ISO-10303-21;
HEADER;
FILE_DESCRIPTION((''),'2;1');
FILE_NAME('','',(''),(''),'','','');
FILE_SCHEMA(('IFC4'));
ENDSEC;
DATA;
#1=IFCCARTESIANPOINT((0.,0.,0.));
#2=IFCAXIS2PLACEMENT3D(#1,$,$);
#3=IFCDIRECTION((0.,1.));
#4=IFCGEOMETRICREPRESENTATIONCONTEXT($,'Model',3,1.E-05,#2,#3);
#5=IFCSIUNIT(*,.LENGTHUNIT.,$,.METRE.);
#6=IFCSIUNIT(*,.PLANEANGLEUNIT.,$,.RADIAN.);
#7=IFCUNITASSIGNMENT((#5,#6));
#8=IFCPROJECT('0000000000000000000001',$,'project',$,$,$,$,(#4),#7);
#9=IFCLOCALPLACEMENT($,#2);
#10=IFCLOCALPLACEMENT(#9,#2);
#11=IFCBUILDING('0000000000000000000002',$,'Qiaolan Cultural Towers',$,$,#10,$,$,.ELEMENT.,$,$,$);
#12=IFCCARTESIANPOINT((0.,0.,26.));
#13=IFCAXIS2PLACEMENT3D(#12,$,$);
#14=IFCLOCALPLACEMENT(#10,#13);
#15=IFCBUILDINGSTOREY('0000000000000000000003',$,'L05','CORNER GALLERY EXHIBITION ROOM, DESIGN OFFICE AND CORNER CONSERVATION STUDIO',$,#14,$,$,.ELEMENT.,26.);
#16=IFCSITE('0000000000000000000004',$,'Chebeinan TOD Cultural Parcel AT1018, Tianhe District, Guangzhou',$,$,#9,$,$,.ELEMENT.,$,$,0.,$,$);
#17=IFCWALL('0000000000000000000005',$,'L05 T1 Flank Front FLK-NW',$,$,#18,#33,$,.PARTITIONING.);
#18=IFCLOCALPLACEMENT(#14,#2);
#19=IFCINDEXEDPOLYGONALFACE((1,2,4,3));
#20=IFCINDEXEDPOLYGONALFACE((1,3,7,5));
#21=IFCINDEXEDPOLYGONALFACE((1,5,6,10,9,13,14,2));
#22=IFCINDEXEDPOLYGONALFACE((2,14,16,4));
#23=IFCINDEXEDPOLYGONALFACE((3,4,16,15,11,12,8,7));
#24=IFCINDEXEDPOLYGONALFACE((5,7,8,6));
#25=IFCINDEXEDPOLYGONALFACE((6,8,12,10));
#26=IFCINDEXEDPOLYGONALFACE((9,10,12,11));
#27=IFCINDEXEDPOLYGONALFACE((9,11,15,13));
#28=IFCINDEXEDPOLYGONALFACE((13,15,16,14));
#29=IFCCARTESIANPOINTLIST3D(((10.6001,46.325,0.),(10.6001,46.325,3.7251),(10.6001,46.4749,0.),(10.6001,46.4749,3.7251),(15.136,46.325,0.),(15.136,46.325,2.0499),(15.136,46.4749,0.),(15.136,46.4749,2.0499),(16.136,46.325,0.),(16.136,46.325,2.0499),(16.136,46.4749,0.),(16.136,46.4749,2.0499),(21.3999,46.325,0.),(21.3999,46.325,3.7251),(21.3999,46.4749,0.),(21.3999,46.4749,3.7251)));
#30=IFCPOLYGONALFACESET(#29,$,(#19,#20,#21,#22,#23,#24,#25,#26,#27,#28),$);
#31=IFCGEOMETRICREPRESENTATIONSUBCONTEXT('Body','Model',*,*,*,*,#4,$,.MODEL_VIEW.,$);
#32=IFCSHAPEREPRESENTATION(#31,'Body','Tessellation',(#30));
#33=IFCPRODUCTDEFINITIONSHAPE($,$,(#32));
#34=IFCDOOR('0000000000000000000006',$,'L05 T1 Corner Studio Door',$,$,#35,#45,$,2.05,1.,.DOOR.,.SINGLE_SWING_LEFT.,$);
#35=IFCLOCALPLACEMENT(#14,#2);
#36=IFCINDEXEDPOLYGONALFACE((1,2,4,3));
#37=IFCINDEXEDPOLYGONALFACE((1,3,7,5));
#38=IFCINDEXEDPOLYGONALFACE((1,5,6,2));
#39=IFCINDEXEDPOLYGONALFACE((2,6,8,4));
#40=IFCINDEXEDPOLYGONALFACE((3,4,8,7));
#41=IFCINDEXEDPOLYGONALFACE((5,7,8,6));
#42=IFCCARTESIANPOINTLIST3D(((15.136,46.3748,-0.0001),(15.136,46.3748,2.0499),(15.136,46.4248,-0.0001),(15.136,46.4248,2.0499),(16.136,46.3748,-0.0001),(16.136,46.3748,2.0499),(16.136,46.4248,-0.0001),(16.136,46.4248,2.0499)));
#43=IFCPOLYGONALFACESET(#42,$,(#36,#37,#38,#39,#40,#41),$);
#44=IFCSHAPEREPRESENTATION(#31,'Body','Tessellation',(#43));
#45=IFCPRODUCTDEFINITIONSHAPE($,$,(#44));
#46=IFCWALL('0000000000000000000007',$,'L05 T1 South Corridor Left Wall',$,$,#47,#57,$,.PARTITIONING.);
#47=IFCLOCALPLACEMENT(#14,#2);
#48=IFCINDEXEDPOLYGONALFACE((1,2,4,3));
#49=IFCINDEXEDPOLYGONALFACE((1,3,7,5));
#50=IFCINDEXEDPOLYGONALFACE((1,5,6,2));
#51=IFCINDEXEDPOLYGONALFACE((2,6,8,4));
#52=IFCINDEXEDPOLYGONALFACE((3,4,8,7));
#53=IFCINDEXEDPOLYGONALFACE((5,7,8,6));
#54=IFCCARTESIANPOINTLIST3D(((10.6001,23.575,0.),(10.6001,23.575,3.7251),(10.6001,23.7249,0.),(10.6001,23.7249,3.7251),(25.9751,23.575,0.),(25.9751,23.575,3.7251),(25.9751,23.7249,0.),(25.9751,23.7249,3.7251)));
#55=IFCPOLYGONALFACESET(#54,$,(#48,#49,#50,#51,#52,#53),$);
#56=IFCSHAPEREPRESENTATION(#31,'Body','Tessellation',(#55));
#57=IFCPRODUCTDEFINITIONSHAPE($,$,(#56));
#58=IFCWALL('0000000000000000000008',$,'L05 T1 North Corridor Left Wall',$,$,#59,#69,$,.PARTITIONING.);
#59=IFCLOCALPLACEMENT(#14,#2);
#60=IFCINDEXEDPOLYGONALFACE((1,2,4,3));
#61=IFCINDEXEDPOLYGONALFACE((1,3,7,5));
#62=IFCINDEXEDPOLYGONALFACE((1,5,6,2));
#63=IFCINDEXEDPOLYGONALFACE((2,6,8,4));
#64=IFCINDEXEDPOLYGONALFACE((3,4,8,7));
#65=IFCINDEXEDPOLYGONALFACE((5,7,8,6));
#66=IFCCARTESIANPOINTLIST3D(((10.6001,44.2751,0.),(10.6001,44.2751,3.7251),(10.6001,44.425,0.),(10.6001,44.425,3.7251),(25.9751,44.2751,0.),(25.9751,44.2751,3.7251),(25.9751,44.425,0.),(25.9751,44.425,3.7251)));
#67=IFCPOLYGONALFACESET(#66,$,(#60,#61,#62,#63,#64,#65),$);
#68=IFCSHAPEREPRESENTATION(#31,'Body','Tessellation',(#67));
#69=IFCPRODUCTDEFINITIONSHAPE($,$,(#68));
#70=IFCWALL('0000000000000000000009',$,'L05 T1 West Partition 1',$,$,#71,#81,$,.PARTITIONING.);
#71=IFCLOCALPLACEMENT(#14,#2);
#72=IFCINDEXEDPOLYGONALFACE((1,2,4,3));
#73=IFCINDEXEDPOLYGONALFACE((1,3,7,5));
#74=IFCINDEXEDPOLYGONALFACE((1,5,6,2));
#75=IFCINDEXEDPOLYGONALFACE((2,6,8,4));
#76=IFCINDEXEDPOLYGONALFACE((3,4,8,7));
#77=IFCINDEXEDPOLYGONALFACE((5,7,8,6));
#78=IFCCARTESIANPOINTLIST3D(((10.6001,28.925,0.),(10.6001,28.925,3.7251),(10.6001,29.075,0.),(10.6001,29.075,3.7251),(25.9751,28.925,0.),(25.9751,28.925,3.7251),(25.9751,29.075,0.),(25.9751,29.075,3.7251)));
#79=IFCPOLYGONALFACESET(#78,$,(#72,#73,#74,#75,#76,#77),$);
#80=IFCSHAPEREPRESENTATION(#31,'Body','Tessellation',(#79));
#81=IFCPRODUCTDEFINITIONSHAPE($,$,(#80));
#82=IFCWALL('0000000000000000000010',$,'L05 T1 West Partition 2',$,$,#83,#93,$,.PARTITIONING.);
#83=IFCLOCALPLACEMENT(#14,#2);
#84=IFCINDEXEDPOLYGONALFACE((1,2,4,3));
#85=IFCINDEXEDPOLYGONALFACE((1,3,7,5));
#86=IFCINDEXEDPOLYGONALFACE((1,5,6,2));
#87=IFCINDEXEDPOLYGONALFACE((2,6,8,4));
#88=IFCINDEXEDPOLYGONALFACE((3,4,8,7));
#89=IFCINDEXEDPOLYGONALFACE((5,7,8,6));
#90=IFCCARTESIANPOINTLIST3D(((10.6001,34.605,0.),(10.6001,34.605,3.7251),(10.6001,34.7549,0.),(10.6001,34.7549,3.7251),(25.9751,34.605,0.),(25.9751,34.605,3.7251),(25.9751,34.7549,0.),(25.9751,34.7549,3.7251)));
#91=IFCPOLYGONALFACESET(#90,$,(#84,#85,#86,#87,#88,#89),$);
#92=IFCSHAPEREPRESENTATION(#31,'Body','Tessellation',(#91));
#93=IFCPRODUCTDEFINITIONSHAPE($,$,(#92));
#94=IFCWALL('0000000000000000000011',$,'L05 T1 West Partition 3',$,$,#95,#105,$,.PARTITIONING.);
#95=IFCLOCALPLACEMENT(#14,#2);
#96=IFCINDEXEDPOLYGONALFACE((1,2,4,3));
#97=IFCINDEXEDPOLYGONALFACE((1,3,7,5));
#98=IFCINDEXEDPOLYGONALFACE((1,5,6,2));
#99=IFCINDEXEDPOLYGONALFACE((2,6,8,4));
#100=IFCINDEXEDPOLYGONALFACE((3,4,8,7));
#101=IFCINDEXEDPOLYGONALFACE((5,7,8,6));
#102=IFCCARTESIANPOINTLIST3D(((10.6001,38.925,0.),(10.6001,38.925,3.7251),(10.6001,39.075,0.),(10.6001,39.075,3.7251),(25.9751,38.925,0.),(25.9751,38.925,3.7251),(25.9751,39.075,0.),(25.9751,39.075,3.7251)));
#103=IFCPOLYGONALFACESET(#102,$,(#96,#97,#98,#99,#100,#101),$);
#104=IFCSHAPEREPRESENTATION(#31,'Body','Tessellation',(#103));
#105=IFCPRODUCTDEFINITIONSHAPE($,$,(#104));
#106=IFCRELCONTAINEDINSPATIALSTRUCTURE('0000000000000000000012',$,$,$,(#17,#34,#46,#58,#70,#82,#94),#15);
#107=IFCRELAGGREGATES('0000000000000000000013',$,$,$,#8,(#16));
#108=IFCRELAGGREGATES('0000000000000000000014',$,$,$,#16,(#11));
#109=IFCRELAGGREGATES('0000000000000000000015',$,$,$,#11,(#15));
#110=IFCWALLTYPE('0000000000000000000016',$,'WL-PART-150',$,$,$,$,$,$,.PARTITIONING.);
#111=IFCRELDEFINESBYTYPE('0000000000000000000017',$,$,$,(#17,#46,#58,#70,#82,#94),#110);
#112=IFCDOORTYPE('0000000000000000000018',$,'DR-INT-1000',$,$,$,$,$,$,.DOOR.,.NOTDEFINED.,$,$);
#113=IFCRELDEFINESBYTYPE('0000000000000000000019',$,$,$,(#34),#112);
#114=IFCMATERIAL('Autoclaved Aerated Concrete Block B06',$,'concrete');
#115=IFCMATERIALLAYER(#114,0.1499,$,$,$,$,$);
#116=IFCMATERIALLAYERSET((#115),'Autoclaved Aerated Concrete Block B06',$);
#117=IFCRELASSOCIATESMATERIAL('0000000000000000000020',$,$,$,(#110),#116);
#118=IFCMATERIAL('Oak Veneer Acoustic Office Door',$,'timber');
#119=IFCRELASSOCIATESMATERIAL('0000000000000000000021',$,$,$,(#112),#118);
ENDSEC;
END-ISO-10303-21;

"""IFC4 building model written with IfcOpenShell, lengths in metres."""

from ifc_helpers import new_model, si_unit, direction, frame, frame_2d, origin, place, context, subcontext, project, spatial, rectangle, extrude, material, layer, layer_set, type_object, element, fill, save


model = new_model("IFC4")

# Units and contexts
model_context = context("Model", 3, precision=1e-05, world=origin(), true_north=direction((0.0, 1.0)))
body_context = subcontext(model_context, "Body", "Model", "MODEL_VIEW")
ifc_project = project(units=[si_unit("LENGTHUNIT", "METRE"), si_unit("PLANEANGLEUNIT", "RADIAN")], contexts=[model_context])

# Site, building, storey
site_placement = place(None, origin())
site = spatial("IfcSite", under=ifc_project, at=site_placement, Name="Chebeinan TOD Cultural Parcel AT1018, Tianhe District, Guangzhou", CompositionType="ELEMENT", RefElevation=0.0)
building_placement = place(site_placement, origin())
building = spatial("IfcBuilding", under=site, at=building_placement, Name="Qiaolan Cultural Towers", CompositionType="ELEMENT")
storey_placement = place(building_placement, frame((0.0, 0.0, 26.0)))
storey = spatial("IfcBuildingStorey", under=building, at=storey_placement, Name="L05", Description="CORNER GALLERY EXHIBITION ROOM, DESIGN OFFICE AND CORNER CONSERVATION STUDIO", CompositionType="ELEMENT", Elevation=26.0)

# Wall, opening, door
ifc_material_1 = material(Name="Autoclaved Aerated Concrete Block B06", Category="concrete")
ifc_layer_1 = layer(ifc_material_1, 0.1499)
ifc_layer_set_1 = layer_set([ifc_layer_1], Name="Autoclaved Aerated Concrete Block B06")
wall_type_1 = type_object("IfcWallType", Name="WL-PART-150", PredefinedType="PARTITIONING", material=ifc_layer_set_1)
wall_1_placement = place(storey_placement, frame((10.6001, 46.3999, 0.0), z_axis=(0.0, 0.0, 1.0), x_axis=(1.0, 0.0, 0.0)))
wall_1 = element("IfcWall", 1, at=wall_1_placement, inside=storey, type_object=wall_type_1, Name="L05 T1 Flank Front FLK-NW", PredefinedType="PARTITIONING", context=body_context, shape_type="SweptSolid", body=[
    extrude(rectangle(XDim=10.7998, YDim=0.1499, at=frame_2d((5.3999, 0.0))), origin(), (0.0, 0.0, 1.0), 3.7251),
])
opening_1_placement = place(wall_1_placement, frame((4.5359, 0.0, 0.0)))
opening_1 = element("IfcOpeningElement", 2, at=opening_1_placement, cuts=wall_1, PredefinedType="OPENING", context=body_context, shape_type="SweptSolid", body=[
    extrude(rectangle(XDim=1.0, YDim=2.05, at=frame_2d((0.5, 1.0249))), frame((0.0, 0.085, 0.0), z_axis=(0.0, -1.0, 0.0), x_axis=(1.0, 0.0, 0.0)), (0.0, 0.0, 1.0), 0.1699),
])
ifc_material_2 = material(Name="Oak Veneer Acoustic Office Door", Category="timber")
door_type_1 = type_object("IfcDoorType", Name="DR-INT-1000", OperationType="NOTDEFINED", PredefinedType="DOOR", material=ifc_material_2)
door_1_placement = place(opening_1_placement, origin())
door_1 = element("IfcDoor", 3, at=door_1_placement, inside=storey, type_object=door_type_1, Name="L05 T1 Corner Studio Door", OperationType="SINGLE_SWING_LEFT", OverallHeight=2.05, OverallWidth=1.0, PredefinedType="DOOR", context=body_context, shape_type="SweptSolid", body=[
    extrude(rectangle(XDim=1.0, YDim=2.05, at=frame_2d((0.5, 1.0249))), frame((0.0, 0.0249, 0.0), z_axis=(0.0, -1.0, 0.0), x_axis=(1.0, 0.0, 0.0)), (0.0, 0.0, 1.0), 0.05),
])
fill(opening_1, door_1)

# Walls
for number, where, z_axis, x_axis, name in (
    (4, (10.6001, 23.6499, 0.0), (0.0, 0.0, 1.0), (1.0, 0.0, 0.0), "L05 T1 South Corridor Left Wall"),
    (5, (10.6001, 44.3501, 0.0), (0.0, 0.0, 1.0), (1.0, 0.0, 0.0), "L05 T1 North Corridor Left Wall"),
    (6, (10.6001, 29.0, 0.0), (0.0, 0.0, 1.0), (1.0, 0.0, 0.0), "L05 T1 West Partition 1"),
    (7, (10.6001, 34.6799, 0.0), (0.0, 0.0, 1.0), (1.0, 0.0, 0.0), "L05 T1 West Partition 2"),
    (8, (10.6001, 39.0, 0.0), (0.0, 0.0, 1.0), (1.0, 0.0, 0.0), "L05 T1 West Partition 3"),
):
    element("IfcWall", number, at=place(storey_placement, frame(where, z_axis=z_axis, x_axis=x_axis)), inside=storey, type_object=wall_type_1, Name=name, PredefinedType="PARTITIONING", context=body_context, shape_type="SweptSolid", body=[
        extrude(rectangle(XDim=15.375, YDim=0.1499, at=frame_2d((7.6875, 0.0))), origin(), (0.0, 0.0, 1.0), 3.7251),
    ])

save(model, "model.ifc")
